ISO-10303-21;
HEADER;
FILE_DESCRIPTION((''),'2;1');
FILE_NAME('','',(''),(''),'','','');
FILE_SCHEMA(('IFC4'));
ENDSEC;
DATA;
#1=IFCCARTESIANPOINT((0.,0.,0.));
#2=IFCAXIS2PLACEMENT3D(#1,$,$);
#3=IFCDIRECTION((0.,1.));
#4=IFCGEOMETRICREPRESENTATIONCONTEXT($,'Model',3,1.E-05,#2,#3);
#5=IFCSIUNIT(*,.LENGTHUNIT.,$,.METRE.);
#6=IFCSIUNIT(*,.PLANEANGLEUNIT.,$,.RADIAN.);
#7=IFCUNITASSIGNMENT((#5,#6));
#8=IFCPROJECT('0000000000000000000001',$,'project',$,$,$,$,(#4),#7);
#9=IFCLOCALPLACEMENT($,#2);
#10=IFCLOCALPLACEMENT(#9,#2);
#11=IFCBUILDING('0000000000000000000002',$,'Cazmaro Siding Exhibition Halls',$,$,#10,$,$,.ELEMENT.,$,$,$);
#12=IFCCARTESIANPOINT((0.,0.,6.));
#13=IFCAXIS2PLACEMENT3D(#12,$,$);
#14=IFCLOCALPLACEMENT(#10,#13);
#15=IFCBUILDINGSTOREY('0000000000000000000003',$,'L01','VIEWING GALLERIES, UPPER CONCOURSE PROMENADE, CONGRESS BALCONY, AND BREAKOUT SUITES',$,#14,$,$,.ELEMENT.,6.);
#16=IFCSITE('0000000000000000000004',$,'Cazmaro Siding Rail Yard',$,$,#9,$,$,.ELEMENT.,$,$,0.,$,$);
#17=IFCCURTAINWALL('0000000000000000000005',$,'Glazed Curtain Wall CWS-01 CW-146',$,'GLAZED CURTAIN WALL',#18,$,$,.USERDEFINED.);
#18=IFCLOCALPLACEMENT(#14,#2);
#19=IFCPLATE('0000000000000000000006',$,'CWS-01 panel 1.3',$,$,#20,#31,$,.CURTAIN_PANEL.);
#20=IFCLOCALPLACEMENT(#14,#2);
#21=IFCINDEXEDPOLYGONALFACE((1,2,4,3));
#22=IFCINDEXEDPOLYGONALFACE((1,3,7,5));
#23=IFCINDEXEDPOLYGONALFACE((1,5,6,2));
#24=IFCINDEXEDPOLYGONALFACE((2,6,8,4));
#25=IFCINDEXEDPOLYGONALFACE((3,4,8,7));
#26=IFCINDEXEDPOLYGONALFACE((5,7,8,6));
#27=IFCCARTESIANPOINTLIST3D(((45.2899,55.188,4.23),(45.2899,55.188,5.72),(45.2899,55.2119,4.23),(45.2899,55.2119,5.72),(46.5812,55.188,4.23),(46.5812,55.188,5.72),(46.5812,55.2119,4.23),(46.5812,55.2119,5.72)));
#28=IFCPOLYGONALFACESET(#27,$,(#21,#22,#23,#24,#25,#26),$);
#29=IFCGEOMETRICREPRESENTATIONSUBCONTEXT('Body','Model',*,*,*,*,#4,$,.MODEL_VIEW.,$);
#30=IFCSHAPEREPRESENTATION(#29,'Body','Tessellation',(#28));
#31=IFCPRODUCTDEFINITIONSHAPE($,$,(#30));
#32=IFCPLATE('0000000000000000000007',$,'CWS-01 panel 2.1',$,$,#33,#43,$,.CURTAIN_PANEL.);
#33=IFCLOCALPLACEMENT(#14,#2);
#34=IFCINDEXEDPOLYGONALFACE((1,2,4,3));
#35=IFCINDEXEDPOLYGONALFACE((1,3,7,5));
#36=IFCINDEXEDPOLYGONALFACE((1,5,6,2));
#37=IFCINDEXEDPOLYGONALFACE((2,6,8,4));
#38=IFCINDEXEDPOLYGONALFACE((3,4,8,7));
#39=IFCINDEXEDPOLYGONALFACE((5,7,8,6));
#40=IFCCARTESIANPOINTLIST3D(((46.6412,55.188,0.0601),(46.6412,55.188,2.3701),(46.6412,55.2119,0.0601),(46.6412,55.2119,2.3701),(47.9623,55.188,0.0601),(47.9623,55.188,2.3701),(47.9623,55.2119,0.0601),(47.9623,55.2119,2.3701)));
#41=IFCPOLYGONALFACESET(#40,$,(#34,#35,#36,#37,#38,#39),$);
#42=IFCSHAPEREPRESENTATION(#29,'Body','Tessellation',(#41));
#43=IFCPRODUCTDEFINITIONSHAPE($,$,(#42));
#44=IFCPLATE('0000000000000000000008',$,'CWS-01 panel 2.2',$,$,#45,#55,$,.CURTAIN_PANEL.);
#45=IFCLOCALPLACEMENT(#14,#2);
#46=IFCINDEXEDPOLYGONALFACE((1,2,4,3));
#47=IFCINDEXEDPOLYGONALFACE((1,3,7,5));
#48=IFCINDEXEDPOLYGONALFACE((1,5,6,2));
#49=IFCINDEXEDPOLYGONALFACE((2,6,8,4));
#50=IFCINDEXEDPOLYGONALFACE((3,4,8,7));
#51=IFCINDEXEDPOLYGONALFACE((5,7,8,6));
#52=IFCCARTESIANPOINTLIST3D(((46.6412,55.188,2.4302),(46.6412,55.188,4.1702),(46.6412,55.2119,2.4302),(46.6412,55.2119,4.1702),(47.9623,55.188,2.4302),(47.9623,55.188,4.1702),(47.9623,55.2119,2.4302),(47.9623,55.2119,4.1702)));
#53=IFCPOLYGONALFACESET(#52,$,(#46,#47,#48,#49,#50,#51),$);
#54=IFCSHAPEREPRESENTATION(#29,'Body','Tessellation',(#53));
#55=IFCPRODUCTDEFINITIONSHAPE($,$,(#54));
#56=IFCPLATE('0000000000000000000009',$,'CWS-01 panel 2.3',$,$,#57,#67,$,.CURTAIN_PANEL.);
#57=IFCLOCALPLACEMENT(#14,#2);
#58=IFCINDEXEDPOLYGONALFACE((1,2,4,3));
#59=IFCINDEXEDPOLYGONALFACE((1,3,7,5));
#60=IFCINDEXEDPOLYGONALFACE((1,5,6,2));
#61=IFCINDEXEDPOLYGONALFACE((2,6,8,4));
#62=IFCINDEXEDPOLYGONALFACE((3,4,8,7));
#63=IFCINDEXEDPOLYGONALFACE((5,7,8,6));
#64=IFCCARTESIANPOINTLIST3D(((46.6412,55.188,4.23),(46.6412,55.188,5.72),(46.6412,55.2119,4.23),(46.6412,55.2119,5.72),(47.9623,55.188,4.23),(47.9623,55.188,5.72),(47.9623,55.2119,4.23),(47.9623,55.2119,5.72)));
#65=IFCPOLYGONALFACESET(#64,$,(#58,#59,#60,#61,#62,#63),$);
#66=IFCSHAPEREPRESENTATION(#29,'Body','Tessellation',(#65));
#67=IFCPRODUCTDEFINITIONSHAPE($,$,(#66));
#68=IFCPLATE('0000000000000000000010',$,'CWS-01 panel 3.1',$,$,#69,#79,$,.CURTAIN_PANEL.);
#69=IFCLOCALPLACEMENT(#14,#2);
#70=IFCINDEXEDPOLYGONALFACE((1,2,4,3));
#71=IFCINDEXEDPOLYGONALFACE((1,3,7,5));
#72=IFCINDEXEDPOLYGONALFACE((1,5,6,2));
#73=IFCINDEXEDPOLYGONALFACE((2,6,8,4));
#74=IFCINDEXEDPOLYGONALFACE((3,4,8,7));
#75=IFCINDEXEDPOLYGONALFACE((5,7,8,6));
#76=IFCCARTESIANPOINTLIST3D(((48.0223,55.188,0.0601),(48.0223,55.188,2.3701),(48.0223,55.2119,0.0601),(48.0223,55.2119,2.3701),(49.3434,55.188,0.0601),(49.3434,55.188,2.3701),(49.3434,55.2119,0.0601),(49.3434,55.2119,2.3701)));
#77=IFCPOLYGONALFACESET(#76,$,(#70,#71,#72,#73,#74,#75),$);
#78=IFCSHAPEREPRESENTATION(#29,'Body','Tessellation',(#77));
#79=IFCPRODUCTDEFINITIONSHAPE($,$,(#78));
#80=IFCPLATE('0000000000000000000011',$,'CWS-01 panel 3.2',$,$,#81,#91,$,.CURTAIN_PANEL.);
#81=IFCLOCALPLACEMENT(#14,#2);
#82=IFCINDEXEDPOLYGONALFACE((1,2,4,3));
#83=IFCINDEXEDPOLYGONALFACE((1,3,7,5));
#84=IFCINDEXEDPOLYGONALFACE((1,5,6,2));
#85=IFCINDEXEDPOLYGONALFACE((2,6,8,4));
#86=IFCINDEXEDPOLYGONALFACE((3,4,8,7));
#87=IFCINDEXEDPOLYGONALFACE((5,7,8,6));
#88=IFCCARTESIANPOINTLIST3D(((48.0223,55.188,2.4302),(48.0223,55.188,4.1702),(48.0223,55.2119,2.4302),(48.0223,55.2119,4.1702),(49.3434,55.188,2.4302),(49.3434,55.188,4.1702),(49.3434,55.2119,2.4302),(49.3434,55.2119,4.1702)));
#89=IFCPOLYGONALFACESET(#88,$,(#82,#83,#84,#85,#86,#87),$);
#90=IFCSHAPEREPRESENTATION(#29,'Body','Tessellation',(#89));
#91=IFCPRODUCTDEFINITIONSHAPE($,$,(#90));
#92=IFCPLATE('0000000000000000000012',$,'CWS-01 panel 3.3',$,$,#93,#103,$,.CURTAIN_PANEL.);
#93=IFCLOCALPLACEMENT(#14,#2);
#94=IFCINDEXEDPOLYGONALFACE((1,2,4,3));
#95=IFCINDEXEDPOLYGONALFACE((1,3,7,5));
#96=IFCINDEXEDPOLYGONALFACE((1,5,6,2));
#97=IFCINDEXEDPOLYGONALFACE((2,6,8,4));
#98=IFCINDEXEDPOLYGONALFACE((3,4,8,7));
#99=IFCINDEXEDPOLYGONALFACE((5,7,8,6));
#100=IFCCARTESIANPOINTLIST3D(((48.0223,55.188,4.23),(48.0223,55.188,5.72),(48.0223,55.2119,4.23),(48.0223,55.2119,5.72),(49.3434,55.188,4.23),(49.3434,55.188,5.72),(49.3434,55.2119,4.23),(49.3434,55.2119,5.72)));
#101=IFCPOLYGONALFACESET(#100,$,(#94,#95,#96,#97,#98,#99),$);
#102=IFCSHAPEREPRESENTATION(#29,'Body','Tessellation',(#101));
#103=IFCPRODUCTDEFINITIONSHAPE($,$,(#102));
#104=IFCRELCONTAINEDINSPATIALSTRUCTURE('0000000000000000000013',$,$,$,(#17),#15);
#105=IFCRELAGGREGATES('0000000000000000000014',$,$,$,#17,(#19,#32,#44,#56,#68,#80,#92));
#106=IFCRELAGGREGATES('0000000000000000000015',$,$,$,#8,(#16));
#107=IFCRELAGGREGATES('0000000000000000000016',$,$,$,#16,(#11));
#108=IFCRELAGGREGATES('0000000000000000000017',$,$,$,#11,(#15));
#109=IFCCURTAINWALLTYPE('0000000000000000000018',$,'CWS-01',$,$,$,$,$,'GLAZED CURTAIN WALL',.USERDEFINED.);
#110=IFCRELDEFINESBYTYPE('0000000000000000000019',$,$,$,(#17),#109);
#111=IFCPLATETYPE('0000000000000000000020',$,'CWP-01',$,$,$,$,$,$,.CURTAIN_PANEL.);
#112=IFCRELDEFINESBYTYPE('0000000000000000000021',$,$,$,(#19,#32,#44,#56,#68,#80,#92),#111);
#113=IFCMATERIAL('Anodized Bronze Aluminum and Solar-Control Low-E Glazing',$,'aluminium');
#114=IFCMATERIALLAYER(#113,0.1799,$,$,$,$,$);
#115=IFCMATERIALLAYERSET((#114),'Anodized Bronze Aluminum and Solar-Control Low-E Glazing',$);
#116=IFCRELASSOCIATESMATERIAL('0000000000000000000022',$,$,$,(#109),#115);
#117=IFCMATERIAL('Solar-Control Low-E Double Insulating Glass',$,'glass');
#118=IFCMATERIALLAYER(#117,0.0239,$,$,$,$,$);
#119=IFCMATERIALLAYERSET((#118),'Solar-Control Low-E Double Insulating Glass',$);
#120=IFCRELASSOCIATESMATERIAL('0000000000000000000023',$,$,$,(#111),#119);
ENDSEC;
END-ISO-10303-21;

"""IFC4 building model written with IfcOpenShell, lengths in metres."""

from ifc_helpers import new_model, si_unit, direction, frame, origin, origin_2d, place, context, subcontext, project, spatial, rectangle, extrude, material, layer, layer_set, type_object, element, aggregate, save


model = new_model("IFC4")

# Units and contexts
model_context = context("Model", 3, precision=1e-05, world=origin(), true_north=direction((0.0, 1.0)))
body_context = subcontext(model_context, "Body", "Model", "MODEL_VIEW")
ifc_project = project(units=[si_unit("LENGTHUNIT", "METRE"), si_unit("PLANEANGLEUNIT", "RADIAN")], contexts=[model_context])

# Site, building, storey
site_placement = place(None, origin())
site = spatial("IfcSite", under=ifc_project, at=site_placement, Name="Cazmaro Siding Rail Yard", CompositionType="ELEMENT", RefElevation=0.0)
building_placement = place(site_placement, origin())
building = spatial("IfcBuilding", under=site, at=building_placement, Name="Cazmaro Siding Exhibition Halls", CompositionType="ELEMENT")
storey_placement = place(building_placement, frame((0.0, 0.0, 6.0)))
storey = spatial("IfcBuildingStorey", under=building, at=storey_placement, Name="L01", Description="VIEWING GALLERIES, UPPER CONCOURSE PROMENADE, CONGRESS BALCONY, AND BREAKOUT SUITES", CompositionType="ELEMENT", Elevation=6.0)

# Curtain wall, plates
ifc_material_1 = material(Name="Anodized Bronze Aluminum and Solar-Control Low-E Glazing", Category="aluminium")
ifc_layer_1 = layer(ifc_material_1, 0.1799)
ifc_layer_set_1 = layer_set([ifc_layer_1], Name="Anodized Bronze Aluminum and Solar-Control Low-E Glazing")
curtain_wall_type = type_object("IfcCurtainWallType", Name="CWS-01", ElementType="GLAZED CURTAIN WALL", PredefinedType="USERDEFINED", material=ifc_layer_set_1)
curtain_wall_placement = place(storey_placement, origin())
curtain_wall = element("IfcCurtainWall", 1, at=curtain_wall_placement, inside=storey, type_object=curtain_wall_type, Name="Glazed Curtain Wall CWS-01 CW-146", ObjectType="GLAZED CURTAIN WALL", PredefinedType="USERDEFINED")
ifc_material_2 = material(Name="Solar-Control Low-E Double Insulating Glass", Category="glass")
ifc_layer_2 = layer(ifc_material_2, 0.0239)
ifc_layer_set_2 = layer_set([ifc_layer_2], Name="Solar-Control Low-E Double Insulating Glass")
plate_type = type_object("IfcPlateType", Name="CWP-01", PredefinedType="CURTAIN_PANEL", material=ifc_layer_set_2)
plate_1_placement = place(storey_placement, frame((45.9355, 55.2, 4.23), z_axis=(0.0, 0.0, 1.0), x_axis=(1.0, 0.0, 0.0)))
plate_1 = element("IfcPlate", 2, at=plate_1_placement, type_object=plate_type, Name="CWS-01 panel 1.3", PredefinedType="CURTAIN_PANEL", context=body_context, shape_type="SweptSolid", body=[
    extrude(rectangle(XDim=1.2913, YDim=0.0239, at=origin_2d()), origin(), (0.0, 0.0, 1.0), 1.49),
])
plate_2_placement = place(storey_placement, frame((47.3018, 55.2, 0.0601), z_axis=(0.0, 0.0, 1.0), x_axis=(1.0, 0.0, 0.0)))
plate_2 = element("IfcPlate", 3, at=plate_2_placement, type_object=plate_type, Name="CWS-01 panel 2.1", PredefinedType="CURTAIN_PANEL", context=body_context, shape_type="SweptSolid", body=[
    extrude(rectangle(XDim=1.321, YDim=0.0239, at=origin_2d()), origin(), (0.0, 0.0, 1.0), 2.3101),
])
plate_3_placement = place(storey_placement, frame((47.3018, 55.2, 2.4302), z_axis=(0.0, 0.0, 1.0), x_axis=(1.0, 0.0, 0.0)))
plate_3 = element("IfcPlate", 4, at=plate_3_placement, type_object=plate_type, Name="CWS-01 panel 2.2", PredefinedType="CURTAIN_PANEL", context=body_context, shape_type="SweptSolid", body=[
    extrude(rectangle(XDim=1.321, YDim=0.0239, at=origin_2d()), origin(), (0.0, 0.0, 1.0), 1.74),
])
plate_4_placement = place(storey_placement, frame((47.3018, 55.2, 4.23), z_axis=(0.0, 0.0, 1.0), x_axis=(1.0, 0.0, 0.0)))
plate_4 = element("IfcPlate", 5, at=plate_4_placement, type_object=plate_type, Name="CWS-01 panel 2.3", PredefinedType="CURTAIN_PANEL", context=body_context, shape_type="SweptSolid", body=[
    extrude(rectangle(XDim=1.321, YDim=0.0239, at=origin_2d()), origin(), (0.0, 0.0, 1.0), 1.49),
])
plate_5_placement = place(storey_placement, frame((48.6829, 55.2, 0.0601), z_axis=(0.0, 0.0, 1.0), x_axis=(1.0, 0.0, 0.0)))
plate_5 = element("IfcPlate", 6, at=plate_5_placement, type_object=plate_type, Name="CWS-01 panel 3.1", PredefinedType="CURTAIN_PANEL", context=body_context, shape_type="SweptSolid", body=[
    extrude(rectangle(XDim=1.321, YDim=0.0239, at=origin_2d()), origin(), (0.0, 0.0, 1.0), 2.3101),
])
plate_6_placement = place(storey_placement, frame((48.6829, 55.2, 2.4302), z_axis=(0.0, 0.0, 1.0), x_axis=(1.0, 0.0, 0.0)))
plate_6 = element("IfcPlate", 7, at=plate_6_placement, type_object=plate_type, Name="CWS-01 panel 3.2", PredefinedType="CURTAIN_PANEL", context=body_context, shape_type="SweptSolid", body=[
    extrude(rectangle(XDim=1.321, YDim=0.0239, at=origin_2d()), origin(), (0.0, 0.0, 1.0), 1.74),
])
plate_7_placement = place(storey_placement, frame((48.6829, 55.2, 4.23), z_axis=(0.0, 0.0, 1.0), x_axis=(1.0, 0.0, 0.0)))
plate_7 = element("IfcPlate", 8, at=plate_7_placement, type_object=plate_type, Name="CWS-01 panel 3.3", PredefinedType="CURTAIN_PANEL", context=body_context, shape_type="SweptSolid", body=[
    extrude(rectangle(XDim=1.321, YDim=0.0239, at=origin_2d()), origin(), (0.0, 0.0, 1.0), 1.49),
])
aggregate(curtain_wall, [plate_1, plate_2, plate_3, plate_4, plate_5, plate_6, plate_7])

save(model, "model.ifc")
